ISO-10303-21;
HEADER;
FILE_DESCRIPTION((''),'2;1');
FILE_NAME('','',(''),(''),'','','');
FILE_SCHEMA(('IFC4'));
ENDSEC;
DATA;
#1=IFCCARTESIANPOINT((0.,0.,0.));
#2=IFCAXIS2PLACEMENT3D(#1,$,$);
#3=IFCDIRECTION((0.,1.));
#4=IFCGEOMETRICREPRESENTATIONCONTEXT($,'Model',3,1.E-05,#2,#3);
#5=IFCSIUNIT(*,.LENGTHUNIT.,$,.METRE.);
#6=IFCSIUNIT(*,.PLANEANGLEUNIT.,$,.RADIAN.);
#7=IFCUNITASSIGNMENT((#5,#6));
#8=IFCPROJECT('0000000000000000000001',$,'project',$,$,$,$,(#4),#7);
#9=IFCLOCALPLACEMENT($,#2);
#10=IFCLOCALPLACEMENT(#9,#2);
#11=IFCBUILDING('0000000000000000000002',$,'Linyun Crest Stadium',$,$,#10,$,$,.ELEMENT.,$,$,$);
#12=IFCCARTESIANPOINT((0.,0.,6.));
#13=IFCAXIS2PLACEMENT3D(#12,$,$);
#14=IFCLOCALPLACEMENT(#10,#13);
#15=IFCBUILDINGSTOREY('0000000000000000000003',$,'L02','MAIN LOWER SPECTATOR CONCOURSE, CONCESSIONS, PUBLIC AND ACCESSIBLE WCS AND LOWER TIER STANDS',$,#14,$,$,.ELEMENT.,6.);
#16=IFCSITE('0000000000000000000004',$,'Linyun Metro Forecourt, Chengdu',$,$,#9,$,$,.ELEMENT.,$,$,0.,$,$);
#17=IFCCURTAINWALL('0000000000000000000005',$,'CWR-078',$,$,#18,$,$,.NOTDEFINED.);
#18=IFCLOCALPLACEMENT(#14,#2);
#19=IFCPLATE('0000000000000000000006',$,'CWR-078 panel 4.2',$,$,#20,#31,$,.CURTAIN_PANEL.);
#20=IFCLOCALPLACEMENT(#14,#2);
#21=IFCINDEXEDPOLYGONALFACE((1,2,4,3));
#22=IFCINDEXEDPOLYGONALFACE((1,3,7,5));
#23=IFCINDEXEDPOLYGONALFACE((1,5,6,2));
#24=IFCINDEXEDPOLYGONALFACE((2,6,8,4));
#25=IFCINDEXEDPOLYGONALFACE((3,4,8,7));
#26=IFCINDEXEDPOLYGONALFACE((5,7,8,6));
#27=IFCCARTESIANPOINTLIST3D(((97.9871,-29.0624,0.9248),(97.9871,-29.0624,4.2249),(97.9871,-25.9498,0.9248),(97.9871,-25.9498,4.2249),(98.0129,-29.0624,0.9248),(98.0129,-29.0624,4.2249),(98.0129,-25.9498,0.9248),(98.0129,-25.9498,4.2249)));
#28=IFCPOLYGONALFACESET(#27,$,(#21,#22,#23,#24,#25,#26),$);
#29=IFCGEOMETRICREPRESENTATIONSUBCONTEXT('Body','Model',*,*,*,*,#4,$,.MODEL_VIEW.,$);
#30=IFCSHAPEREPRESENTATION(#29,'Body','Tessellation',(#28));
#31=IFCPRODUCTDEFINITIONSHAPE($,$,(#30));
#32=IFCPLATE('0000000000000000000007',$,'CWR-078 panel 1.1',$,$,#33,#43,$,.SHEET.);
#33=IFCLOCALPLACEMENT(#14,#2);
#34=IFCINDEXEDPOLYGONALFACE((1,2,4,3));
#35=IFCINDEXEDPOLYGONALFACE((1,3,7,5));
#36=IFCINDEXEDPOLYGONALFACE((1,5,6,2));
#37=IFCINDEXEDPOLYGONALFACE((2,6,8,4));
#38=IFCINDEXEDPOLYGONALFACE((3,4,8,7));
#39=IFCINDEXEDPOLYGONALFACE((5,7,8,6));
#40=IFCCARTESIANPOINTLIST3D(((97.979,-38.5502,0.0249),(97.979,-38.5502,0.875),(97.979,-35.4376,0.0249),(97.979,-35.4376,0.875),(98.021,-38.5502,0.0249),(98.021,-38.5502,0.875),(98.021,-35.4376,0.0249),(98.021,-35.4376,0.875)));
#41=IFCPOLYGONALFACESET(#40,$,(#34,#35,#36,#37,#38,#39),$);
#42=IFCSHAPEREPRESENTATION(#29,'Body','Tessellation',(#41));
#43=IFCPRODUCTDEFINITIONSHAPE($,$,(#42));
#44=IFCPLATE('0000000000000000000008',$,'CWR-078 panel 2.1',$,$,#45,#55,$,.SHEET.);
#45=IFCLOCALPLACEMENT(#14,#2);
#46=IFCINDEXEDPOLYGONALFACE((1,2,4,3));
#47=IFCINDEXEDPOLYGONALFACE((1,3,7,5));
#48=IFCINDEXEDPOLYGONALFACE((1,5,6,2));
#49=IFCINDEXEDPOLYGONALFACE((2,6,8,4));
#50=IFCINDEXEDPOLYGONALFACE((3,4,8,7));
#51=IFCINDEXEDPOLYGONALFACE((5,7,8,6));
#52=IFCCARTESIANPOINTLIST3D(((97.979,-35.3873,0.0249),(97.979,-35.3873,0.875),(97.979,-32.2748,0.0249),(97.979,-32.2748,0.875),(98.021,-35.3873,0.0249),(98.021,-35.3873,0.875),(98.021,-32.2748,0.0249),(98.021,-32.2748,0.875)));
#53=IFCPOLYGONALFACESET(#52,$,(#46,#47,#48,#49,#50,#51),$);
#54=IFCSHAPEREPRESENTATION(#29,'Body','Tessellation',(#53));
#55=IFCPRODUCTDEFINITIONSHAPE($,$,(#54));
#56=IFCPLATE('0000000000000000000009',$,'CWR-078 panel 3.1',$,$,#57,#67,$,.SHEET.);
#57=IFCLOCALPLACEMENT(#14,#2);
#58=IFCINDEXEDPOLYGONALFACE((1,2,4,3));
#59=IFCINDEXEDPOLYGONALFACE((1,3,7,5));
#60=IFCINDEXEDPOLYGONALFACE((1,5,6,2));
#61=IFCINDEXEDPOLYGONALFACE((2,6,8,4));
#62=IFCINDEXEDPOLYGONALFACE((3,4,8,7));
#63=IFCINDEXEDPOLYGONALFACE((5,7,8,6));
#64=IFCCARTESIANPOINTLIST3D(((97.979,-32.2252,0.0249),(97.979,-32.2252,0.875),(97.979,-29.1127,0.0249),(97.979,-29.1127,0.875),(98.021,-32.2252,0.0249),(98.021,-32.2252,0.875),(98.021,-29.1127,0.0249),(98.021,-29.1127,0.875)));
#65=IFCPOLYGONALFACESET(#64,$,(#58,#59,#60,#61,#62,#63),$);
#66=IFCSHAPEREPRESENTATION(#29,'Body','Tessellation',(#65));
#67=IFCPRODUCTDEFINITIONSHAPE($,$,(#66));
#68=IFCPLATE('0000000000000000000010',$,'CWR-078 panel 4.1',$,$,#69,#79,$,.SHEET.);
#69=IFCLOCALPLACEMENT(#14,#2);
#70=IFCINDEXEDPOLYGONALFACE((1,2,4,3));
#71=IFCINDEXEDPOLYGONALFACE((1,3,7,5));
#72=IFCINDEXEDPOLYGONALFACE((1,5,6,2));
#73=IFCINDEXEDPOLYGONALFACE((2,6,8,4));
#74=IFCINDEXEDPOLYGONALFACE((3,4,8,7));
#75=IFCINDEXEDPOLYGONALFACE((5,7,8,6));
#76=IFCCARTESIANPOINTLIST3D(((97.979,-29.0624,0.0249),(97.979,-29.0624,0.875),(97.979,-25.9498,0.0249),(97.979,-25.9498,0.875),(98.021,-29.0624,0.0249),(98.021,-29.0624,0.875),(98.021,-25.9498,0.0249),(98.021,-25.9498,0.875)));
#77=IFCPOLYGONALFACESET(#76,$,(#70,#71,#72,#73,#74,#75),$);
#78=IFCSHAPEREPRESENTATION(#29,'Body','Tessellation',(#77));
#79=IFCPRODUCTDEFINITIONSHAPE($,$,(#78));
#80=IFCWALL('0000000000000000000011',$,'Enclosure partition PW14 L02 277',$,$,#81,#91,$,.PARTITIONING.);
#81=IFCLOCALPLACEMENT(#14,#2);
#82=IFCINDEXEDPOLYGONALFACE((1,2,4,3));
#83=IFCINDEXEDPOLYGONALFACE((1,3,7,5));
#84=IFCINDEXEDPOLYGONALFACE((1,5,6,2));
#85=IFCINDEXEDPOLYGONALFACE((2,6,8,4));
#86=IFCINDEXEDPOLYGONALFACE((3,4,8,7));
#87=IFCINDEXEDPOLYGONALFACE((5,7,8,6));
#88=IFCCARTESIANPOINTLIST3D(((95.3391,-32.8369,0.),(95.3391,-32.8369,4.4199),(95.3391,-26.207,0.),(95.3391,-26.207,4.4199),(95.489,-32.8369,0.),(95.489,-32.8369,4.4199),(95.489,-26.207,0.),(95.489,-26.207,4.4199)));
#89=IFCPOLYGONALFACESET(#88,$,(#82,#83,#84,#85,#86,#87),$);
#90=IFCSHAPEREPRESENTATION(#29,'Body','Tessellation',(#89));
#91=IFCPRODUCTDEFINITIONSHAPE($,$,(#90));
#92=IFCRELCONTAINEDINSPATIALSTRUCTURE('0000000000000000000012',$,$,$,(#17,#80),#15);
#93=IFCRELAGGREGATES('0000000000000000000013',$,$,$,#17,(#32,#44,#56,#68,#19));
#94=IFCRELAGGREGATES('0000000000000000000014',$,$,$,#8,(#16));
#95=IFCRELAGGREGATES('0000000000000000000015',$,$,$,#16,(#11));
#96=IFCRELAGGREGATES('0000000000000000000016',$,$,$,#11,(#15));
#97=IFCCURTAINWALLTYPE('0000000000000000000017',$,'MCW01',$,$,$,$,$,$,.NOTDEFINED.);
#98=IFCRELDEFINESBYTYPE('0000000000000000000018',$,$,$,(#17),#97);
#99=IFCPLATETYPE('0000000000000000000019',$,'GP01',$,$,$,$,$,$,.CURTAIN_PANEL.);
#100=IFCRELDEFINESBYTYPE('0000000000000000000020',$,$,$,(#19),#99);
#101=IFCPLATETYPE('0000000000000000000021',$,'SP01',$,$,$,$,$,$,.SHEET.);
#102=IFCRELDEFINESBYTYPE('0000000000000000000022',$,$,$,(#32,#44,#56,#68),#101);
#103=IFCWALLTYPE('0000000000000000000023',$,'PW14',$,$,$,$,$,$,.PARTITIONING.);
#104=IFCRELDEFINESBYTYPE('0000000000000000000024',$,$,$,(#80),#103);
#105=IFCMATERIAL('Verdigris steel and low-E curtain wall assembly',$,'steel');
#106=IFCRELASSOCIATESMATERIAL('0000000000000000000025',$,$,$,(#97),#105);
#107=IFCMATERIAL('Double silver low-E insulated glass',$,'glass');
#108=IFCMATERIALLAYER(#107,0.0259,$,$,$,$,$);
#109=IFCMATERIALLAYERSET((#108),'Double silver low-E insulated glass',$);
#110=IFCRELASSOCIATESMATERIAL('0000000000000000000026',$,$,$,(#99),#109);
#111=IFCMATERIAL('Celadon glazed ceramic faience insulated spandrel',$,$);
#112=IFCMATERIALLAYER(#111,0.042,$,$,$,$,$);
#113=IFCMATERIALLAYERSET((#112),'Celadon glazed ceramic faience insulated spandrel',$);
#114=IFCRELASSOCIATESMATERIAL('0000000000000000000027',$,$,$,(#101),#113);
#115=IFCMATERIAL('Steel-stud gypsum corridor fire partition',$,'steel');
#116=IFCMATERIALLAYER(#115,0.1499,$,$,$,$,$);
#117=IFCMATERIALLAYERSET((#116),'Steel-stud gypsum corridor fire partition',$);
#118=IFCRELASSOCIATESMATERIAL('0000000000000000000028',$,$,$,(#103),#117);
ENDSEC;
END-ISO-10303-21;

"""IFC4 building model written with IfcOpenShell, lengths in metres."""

from ifc_helpers import new_model, si_unit, direction, frame, frame_2d, origin, origin_2d, place, context, subcontext, project, spatial, rectangle, extrude, material, layer, layer_set, type_object, element, aggregate, save


model = new_model("IFC4")

# Units and contexts
model_context = context("Model", 3, precision=1e-05, world=origin(), true_north=direction((0.0, 1.0)))
body_context = subcontext(model_context, "Body", "Model", "MODEL_VIEW")
ifc_project = project(units=[si_unit("LENGTHUNIT", "METRE"), si_unit("PLANEANGLEUNIT", "RADIAN")], contexts=[model_context])

# Site, building, storey
site_placement = place(None, origin())
site = spatial("IfcSite", under=ifc_project, at=site_placement, Name="Linyun Metro Forecourt, Chengdu", CompositionType="ELEMENT", RefElevation=0.0)
building_placement = place(site_placement, origin())
building = spatial("IfcBuilding", under=site, at=building_placement, Name="Linyun Crest Stadium", CompositionType="ELEMENT")
storey_placement = place(building_placement, frame((0.0, 0.0, 6.0)))
storey = spatial("IfcBuildingStorey", under=building, at=storey_placement, Name="L02", Description="MAIN LOWER SPECTATOR CONCOURSE, CONCESSIONS, PUBLIC AND ACCESSIBLE WCS AND LOWER TIER STANDS", CompositionType="ELEMENT", Elevation=6.0)

# Curtain wall, plates
ifc_material_1 = material(Name="Verdigris steel and low-E curtain wall assembly", Category="steel")
curtain_wall_type = type_object("IfcCurtainWallType", Name="MCW01", PredefinedType="NOTDEFINED", material=ifc_material_1)
curtain_wall_placement = place(storey_placement, origin())
curtain_wall = element("IfcCurtainWall", 1, at=curtain_wall_placement, inside=storey, type_object=curtain_wall_type, Name="CWR-078", PredefinedType="NOTDEFINED")
ifc_material_2 = material(Name="Double silver low-E insulated glass", Category="glass")
ifc_layer_1 = layer(ifc_material_2, 0.0259)
ifc_layer_set_1 = layer_set([ifc_layer_1], Name="Double silver low-E insulated glass")
plate_type_1 = type_object("IfcPlateType", Name="GP01", PredefinedType="CURTAIN_PANEL", material=ifc_layer_set_1)
plate_1_placement = place(storey_placement, frame((98.0, -27.5061, 0.9248), z_axis=(0.0, 0.0, 1.0), x_axis=(0.0, 1.0, 0.0)))
plate_1 = element("IfcPlate", 2, at=plate_1_placement, type_object=plate_type_1, Name="CWR-078 panel 4.2", PredefinedType="CURTAIN_PANEL", context=body_context, shape_type="SweptSolid", body=[
    extrude(rectangle(XDim=3.1125, YDim=0.0259, at=origin_2d()), origin(), (0.0, 0.0, 1.0), 3.3),
])
ifc_material_3 = material(Name="Celadon glazed ceramic faience insulated spandrel")
ifc_layer_2 = layer(ifc_material_3, 0.042)
ifc_layer_set_2 = layer_set([ifc_layer_2], Name="Celadon glazed ceramic faience insulated spandrel")
plate_type_2 = type_object("IfcPlateType", Name="SP01", PredefinedType="SHEET", material=ifc_layer_set_2)
plate_2_placement = place(storey_placement, frame((98.0, -36.9939, 0.0249), z_axis=(0.0, 0.0, 1.0), x_axis=(0.0, 1.0, 0.0)))
plate_2 = element("IfcPlate", 3, at=plate_2_placement, type_object=plate_type_2, Name="CWR-078 panel 1.1", PredefinedType="SHEET", context=body_context, shape_type="SweptSolid", body=[
    extrude(rectangle(XDim=3.1125, YDim=0.042, at=origin_2d()), origin(), (0.0, 0.0, 1.0), 0.8501),
])
plate_3_placement = place(storey_placement, frame((98.0, -33.8311, 0.0249), z_axis=(0.0, 0.0, 1.0), x_axis=(0.0, 1.0, 0.0)))
plate_3 = element("IfcPlate", 4, at=plate_3_placement, type_object=plate_type_2, Name="CWR-078 panel 2.1", PredefinedType="SHEET", context=body_context, shape_type="SweptSolid", body=[
    extrude(rectangle(XDim=3.1125, YDim=0.042, at=origin_2d()), origin(), (0.0, 0.0, 1.0), 0.8501),
])
plate_4_placement = place(storey_placement, frame((98.0, -30.6689, 0.0249), z_axis=(0.0, 0.0, 1.0), x_axis=(0.0, 1.0, 0.0)))
plate_4 = element("IfcPlate", 5, at=plate_4_placement, type_object=plate_type_2, Name="CWR-078 panel 3.1", PredefinedType="SHEET", context=body_context, shape_type="SweptSolid", body=[
    extrude(rectangle(XDim=3.1125, YDim=0.042, at=origin_2d()), origin(), (0.0, 0.0, 1.0), 0.8501),
])
plate_5_placement = place(storey_placement, frame((98.0, -27.5061, 0.0249), z_axis=(0.0, 0.0, 1.0), x_axis=(0.0, 1.0, 0.0)))
plate_5 = element("IfcPlate", 6, at=plate_5_placement, type_object=plate_type_2, Name="CWR-078 panel 4.1", PredefinedType="SHEET", context=body_context, shape_type="SweptSolid", body=[
    extrude(rectangle(XDim=3.1125, YDim=0.042, at=origin_2d()), origin(), (0.0, 0.0, 1.0), 0.8501),
])
aggregate(curtain_wall, [plate_2, plate_3, plate_4, plate_5, plate_1])

# Wall
ifc_material_4 = material(Name="Steel-stud gypsum corridor fire partition", Category="steel")
ifc_layer_3 = layer(ifc_material_4, 0.1499)
ifc_layer_set_3 = layer_set([ifc_layer_3], Name="Steel-stud gypsum corridor fire partition")
wall_type = type_object("IfcWallType", Name="PW14", PredefinedType="PARTITIONING", material=ifc_layer_set_3)
wall_placement = place(storey_placement, frame((95.4141, -32.8369, 0.0), z_axis=(0.0, 0.0, 1.0), x_axis=(0.0, 1.0, 0.0)))
element("IfcWall", 7, at=wall_placement, inside=storey, type_object=wall_type, Name="Enclosure partition PW14 L02 277", PredefinedType="PARTITIONING", context=body_context, shape_type="SweptSolid", body=[
    extrude(rectangle(XDim=6.6299, YDim=0.1499, at=frame_2d((3.3149, 0.0))), origin(), (0.0, 0.0, 1.0), 4.4199),
])

save(model, "model.ifc")
